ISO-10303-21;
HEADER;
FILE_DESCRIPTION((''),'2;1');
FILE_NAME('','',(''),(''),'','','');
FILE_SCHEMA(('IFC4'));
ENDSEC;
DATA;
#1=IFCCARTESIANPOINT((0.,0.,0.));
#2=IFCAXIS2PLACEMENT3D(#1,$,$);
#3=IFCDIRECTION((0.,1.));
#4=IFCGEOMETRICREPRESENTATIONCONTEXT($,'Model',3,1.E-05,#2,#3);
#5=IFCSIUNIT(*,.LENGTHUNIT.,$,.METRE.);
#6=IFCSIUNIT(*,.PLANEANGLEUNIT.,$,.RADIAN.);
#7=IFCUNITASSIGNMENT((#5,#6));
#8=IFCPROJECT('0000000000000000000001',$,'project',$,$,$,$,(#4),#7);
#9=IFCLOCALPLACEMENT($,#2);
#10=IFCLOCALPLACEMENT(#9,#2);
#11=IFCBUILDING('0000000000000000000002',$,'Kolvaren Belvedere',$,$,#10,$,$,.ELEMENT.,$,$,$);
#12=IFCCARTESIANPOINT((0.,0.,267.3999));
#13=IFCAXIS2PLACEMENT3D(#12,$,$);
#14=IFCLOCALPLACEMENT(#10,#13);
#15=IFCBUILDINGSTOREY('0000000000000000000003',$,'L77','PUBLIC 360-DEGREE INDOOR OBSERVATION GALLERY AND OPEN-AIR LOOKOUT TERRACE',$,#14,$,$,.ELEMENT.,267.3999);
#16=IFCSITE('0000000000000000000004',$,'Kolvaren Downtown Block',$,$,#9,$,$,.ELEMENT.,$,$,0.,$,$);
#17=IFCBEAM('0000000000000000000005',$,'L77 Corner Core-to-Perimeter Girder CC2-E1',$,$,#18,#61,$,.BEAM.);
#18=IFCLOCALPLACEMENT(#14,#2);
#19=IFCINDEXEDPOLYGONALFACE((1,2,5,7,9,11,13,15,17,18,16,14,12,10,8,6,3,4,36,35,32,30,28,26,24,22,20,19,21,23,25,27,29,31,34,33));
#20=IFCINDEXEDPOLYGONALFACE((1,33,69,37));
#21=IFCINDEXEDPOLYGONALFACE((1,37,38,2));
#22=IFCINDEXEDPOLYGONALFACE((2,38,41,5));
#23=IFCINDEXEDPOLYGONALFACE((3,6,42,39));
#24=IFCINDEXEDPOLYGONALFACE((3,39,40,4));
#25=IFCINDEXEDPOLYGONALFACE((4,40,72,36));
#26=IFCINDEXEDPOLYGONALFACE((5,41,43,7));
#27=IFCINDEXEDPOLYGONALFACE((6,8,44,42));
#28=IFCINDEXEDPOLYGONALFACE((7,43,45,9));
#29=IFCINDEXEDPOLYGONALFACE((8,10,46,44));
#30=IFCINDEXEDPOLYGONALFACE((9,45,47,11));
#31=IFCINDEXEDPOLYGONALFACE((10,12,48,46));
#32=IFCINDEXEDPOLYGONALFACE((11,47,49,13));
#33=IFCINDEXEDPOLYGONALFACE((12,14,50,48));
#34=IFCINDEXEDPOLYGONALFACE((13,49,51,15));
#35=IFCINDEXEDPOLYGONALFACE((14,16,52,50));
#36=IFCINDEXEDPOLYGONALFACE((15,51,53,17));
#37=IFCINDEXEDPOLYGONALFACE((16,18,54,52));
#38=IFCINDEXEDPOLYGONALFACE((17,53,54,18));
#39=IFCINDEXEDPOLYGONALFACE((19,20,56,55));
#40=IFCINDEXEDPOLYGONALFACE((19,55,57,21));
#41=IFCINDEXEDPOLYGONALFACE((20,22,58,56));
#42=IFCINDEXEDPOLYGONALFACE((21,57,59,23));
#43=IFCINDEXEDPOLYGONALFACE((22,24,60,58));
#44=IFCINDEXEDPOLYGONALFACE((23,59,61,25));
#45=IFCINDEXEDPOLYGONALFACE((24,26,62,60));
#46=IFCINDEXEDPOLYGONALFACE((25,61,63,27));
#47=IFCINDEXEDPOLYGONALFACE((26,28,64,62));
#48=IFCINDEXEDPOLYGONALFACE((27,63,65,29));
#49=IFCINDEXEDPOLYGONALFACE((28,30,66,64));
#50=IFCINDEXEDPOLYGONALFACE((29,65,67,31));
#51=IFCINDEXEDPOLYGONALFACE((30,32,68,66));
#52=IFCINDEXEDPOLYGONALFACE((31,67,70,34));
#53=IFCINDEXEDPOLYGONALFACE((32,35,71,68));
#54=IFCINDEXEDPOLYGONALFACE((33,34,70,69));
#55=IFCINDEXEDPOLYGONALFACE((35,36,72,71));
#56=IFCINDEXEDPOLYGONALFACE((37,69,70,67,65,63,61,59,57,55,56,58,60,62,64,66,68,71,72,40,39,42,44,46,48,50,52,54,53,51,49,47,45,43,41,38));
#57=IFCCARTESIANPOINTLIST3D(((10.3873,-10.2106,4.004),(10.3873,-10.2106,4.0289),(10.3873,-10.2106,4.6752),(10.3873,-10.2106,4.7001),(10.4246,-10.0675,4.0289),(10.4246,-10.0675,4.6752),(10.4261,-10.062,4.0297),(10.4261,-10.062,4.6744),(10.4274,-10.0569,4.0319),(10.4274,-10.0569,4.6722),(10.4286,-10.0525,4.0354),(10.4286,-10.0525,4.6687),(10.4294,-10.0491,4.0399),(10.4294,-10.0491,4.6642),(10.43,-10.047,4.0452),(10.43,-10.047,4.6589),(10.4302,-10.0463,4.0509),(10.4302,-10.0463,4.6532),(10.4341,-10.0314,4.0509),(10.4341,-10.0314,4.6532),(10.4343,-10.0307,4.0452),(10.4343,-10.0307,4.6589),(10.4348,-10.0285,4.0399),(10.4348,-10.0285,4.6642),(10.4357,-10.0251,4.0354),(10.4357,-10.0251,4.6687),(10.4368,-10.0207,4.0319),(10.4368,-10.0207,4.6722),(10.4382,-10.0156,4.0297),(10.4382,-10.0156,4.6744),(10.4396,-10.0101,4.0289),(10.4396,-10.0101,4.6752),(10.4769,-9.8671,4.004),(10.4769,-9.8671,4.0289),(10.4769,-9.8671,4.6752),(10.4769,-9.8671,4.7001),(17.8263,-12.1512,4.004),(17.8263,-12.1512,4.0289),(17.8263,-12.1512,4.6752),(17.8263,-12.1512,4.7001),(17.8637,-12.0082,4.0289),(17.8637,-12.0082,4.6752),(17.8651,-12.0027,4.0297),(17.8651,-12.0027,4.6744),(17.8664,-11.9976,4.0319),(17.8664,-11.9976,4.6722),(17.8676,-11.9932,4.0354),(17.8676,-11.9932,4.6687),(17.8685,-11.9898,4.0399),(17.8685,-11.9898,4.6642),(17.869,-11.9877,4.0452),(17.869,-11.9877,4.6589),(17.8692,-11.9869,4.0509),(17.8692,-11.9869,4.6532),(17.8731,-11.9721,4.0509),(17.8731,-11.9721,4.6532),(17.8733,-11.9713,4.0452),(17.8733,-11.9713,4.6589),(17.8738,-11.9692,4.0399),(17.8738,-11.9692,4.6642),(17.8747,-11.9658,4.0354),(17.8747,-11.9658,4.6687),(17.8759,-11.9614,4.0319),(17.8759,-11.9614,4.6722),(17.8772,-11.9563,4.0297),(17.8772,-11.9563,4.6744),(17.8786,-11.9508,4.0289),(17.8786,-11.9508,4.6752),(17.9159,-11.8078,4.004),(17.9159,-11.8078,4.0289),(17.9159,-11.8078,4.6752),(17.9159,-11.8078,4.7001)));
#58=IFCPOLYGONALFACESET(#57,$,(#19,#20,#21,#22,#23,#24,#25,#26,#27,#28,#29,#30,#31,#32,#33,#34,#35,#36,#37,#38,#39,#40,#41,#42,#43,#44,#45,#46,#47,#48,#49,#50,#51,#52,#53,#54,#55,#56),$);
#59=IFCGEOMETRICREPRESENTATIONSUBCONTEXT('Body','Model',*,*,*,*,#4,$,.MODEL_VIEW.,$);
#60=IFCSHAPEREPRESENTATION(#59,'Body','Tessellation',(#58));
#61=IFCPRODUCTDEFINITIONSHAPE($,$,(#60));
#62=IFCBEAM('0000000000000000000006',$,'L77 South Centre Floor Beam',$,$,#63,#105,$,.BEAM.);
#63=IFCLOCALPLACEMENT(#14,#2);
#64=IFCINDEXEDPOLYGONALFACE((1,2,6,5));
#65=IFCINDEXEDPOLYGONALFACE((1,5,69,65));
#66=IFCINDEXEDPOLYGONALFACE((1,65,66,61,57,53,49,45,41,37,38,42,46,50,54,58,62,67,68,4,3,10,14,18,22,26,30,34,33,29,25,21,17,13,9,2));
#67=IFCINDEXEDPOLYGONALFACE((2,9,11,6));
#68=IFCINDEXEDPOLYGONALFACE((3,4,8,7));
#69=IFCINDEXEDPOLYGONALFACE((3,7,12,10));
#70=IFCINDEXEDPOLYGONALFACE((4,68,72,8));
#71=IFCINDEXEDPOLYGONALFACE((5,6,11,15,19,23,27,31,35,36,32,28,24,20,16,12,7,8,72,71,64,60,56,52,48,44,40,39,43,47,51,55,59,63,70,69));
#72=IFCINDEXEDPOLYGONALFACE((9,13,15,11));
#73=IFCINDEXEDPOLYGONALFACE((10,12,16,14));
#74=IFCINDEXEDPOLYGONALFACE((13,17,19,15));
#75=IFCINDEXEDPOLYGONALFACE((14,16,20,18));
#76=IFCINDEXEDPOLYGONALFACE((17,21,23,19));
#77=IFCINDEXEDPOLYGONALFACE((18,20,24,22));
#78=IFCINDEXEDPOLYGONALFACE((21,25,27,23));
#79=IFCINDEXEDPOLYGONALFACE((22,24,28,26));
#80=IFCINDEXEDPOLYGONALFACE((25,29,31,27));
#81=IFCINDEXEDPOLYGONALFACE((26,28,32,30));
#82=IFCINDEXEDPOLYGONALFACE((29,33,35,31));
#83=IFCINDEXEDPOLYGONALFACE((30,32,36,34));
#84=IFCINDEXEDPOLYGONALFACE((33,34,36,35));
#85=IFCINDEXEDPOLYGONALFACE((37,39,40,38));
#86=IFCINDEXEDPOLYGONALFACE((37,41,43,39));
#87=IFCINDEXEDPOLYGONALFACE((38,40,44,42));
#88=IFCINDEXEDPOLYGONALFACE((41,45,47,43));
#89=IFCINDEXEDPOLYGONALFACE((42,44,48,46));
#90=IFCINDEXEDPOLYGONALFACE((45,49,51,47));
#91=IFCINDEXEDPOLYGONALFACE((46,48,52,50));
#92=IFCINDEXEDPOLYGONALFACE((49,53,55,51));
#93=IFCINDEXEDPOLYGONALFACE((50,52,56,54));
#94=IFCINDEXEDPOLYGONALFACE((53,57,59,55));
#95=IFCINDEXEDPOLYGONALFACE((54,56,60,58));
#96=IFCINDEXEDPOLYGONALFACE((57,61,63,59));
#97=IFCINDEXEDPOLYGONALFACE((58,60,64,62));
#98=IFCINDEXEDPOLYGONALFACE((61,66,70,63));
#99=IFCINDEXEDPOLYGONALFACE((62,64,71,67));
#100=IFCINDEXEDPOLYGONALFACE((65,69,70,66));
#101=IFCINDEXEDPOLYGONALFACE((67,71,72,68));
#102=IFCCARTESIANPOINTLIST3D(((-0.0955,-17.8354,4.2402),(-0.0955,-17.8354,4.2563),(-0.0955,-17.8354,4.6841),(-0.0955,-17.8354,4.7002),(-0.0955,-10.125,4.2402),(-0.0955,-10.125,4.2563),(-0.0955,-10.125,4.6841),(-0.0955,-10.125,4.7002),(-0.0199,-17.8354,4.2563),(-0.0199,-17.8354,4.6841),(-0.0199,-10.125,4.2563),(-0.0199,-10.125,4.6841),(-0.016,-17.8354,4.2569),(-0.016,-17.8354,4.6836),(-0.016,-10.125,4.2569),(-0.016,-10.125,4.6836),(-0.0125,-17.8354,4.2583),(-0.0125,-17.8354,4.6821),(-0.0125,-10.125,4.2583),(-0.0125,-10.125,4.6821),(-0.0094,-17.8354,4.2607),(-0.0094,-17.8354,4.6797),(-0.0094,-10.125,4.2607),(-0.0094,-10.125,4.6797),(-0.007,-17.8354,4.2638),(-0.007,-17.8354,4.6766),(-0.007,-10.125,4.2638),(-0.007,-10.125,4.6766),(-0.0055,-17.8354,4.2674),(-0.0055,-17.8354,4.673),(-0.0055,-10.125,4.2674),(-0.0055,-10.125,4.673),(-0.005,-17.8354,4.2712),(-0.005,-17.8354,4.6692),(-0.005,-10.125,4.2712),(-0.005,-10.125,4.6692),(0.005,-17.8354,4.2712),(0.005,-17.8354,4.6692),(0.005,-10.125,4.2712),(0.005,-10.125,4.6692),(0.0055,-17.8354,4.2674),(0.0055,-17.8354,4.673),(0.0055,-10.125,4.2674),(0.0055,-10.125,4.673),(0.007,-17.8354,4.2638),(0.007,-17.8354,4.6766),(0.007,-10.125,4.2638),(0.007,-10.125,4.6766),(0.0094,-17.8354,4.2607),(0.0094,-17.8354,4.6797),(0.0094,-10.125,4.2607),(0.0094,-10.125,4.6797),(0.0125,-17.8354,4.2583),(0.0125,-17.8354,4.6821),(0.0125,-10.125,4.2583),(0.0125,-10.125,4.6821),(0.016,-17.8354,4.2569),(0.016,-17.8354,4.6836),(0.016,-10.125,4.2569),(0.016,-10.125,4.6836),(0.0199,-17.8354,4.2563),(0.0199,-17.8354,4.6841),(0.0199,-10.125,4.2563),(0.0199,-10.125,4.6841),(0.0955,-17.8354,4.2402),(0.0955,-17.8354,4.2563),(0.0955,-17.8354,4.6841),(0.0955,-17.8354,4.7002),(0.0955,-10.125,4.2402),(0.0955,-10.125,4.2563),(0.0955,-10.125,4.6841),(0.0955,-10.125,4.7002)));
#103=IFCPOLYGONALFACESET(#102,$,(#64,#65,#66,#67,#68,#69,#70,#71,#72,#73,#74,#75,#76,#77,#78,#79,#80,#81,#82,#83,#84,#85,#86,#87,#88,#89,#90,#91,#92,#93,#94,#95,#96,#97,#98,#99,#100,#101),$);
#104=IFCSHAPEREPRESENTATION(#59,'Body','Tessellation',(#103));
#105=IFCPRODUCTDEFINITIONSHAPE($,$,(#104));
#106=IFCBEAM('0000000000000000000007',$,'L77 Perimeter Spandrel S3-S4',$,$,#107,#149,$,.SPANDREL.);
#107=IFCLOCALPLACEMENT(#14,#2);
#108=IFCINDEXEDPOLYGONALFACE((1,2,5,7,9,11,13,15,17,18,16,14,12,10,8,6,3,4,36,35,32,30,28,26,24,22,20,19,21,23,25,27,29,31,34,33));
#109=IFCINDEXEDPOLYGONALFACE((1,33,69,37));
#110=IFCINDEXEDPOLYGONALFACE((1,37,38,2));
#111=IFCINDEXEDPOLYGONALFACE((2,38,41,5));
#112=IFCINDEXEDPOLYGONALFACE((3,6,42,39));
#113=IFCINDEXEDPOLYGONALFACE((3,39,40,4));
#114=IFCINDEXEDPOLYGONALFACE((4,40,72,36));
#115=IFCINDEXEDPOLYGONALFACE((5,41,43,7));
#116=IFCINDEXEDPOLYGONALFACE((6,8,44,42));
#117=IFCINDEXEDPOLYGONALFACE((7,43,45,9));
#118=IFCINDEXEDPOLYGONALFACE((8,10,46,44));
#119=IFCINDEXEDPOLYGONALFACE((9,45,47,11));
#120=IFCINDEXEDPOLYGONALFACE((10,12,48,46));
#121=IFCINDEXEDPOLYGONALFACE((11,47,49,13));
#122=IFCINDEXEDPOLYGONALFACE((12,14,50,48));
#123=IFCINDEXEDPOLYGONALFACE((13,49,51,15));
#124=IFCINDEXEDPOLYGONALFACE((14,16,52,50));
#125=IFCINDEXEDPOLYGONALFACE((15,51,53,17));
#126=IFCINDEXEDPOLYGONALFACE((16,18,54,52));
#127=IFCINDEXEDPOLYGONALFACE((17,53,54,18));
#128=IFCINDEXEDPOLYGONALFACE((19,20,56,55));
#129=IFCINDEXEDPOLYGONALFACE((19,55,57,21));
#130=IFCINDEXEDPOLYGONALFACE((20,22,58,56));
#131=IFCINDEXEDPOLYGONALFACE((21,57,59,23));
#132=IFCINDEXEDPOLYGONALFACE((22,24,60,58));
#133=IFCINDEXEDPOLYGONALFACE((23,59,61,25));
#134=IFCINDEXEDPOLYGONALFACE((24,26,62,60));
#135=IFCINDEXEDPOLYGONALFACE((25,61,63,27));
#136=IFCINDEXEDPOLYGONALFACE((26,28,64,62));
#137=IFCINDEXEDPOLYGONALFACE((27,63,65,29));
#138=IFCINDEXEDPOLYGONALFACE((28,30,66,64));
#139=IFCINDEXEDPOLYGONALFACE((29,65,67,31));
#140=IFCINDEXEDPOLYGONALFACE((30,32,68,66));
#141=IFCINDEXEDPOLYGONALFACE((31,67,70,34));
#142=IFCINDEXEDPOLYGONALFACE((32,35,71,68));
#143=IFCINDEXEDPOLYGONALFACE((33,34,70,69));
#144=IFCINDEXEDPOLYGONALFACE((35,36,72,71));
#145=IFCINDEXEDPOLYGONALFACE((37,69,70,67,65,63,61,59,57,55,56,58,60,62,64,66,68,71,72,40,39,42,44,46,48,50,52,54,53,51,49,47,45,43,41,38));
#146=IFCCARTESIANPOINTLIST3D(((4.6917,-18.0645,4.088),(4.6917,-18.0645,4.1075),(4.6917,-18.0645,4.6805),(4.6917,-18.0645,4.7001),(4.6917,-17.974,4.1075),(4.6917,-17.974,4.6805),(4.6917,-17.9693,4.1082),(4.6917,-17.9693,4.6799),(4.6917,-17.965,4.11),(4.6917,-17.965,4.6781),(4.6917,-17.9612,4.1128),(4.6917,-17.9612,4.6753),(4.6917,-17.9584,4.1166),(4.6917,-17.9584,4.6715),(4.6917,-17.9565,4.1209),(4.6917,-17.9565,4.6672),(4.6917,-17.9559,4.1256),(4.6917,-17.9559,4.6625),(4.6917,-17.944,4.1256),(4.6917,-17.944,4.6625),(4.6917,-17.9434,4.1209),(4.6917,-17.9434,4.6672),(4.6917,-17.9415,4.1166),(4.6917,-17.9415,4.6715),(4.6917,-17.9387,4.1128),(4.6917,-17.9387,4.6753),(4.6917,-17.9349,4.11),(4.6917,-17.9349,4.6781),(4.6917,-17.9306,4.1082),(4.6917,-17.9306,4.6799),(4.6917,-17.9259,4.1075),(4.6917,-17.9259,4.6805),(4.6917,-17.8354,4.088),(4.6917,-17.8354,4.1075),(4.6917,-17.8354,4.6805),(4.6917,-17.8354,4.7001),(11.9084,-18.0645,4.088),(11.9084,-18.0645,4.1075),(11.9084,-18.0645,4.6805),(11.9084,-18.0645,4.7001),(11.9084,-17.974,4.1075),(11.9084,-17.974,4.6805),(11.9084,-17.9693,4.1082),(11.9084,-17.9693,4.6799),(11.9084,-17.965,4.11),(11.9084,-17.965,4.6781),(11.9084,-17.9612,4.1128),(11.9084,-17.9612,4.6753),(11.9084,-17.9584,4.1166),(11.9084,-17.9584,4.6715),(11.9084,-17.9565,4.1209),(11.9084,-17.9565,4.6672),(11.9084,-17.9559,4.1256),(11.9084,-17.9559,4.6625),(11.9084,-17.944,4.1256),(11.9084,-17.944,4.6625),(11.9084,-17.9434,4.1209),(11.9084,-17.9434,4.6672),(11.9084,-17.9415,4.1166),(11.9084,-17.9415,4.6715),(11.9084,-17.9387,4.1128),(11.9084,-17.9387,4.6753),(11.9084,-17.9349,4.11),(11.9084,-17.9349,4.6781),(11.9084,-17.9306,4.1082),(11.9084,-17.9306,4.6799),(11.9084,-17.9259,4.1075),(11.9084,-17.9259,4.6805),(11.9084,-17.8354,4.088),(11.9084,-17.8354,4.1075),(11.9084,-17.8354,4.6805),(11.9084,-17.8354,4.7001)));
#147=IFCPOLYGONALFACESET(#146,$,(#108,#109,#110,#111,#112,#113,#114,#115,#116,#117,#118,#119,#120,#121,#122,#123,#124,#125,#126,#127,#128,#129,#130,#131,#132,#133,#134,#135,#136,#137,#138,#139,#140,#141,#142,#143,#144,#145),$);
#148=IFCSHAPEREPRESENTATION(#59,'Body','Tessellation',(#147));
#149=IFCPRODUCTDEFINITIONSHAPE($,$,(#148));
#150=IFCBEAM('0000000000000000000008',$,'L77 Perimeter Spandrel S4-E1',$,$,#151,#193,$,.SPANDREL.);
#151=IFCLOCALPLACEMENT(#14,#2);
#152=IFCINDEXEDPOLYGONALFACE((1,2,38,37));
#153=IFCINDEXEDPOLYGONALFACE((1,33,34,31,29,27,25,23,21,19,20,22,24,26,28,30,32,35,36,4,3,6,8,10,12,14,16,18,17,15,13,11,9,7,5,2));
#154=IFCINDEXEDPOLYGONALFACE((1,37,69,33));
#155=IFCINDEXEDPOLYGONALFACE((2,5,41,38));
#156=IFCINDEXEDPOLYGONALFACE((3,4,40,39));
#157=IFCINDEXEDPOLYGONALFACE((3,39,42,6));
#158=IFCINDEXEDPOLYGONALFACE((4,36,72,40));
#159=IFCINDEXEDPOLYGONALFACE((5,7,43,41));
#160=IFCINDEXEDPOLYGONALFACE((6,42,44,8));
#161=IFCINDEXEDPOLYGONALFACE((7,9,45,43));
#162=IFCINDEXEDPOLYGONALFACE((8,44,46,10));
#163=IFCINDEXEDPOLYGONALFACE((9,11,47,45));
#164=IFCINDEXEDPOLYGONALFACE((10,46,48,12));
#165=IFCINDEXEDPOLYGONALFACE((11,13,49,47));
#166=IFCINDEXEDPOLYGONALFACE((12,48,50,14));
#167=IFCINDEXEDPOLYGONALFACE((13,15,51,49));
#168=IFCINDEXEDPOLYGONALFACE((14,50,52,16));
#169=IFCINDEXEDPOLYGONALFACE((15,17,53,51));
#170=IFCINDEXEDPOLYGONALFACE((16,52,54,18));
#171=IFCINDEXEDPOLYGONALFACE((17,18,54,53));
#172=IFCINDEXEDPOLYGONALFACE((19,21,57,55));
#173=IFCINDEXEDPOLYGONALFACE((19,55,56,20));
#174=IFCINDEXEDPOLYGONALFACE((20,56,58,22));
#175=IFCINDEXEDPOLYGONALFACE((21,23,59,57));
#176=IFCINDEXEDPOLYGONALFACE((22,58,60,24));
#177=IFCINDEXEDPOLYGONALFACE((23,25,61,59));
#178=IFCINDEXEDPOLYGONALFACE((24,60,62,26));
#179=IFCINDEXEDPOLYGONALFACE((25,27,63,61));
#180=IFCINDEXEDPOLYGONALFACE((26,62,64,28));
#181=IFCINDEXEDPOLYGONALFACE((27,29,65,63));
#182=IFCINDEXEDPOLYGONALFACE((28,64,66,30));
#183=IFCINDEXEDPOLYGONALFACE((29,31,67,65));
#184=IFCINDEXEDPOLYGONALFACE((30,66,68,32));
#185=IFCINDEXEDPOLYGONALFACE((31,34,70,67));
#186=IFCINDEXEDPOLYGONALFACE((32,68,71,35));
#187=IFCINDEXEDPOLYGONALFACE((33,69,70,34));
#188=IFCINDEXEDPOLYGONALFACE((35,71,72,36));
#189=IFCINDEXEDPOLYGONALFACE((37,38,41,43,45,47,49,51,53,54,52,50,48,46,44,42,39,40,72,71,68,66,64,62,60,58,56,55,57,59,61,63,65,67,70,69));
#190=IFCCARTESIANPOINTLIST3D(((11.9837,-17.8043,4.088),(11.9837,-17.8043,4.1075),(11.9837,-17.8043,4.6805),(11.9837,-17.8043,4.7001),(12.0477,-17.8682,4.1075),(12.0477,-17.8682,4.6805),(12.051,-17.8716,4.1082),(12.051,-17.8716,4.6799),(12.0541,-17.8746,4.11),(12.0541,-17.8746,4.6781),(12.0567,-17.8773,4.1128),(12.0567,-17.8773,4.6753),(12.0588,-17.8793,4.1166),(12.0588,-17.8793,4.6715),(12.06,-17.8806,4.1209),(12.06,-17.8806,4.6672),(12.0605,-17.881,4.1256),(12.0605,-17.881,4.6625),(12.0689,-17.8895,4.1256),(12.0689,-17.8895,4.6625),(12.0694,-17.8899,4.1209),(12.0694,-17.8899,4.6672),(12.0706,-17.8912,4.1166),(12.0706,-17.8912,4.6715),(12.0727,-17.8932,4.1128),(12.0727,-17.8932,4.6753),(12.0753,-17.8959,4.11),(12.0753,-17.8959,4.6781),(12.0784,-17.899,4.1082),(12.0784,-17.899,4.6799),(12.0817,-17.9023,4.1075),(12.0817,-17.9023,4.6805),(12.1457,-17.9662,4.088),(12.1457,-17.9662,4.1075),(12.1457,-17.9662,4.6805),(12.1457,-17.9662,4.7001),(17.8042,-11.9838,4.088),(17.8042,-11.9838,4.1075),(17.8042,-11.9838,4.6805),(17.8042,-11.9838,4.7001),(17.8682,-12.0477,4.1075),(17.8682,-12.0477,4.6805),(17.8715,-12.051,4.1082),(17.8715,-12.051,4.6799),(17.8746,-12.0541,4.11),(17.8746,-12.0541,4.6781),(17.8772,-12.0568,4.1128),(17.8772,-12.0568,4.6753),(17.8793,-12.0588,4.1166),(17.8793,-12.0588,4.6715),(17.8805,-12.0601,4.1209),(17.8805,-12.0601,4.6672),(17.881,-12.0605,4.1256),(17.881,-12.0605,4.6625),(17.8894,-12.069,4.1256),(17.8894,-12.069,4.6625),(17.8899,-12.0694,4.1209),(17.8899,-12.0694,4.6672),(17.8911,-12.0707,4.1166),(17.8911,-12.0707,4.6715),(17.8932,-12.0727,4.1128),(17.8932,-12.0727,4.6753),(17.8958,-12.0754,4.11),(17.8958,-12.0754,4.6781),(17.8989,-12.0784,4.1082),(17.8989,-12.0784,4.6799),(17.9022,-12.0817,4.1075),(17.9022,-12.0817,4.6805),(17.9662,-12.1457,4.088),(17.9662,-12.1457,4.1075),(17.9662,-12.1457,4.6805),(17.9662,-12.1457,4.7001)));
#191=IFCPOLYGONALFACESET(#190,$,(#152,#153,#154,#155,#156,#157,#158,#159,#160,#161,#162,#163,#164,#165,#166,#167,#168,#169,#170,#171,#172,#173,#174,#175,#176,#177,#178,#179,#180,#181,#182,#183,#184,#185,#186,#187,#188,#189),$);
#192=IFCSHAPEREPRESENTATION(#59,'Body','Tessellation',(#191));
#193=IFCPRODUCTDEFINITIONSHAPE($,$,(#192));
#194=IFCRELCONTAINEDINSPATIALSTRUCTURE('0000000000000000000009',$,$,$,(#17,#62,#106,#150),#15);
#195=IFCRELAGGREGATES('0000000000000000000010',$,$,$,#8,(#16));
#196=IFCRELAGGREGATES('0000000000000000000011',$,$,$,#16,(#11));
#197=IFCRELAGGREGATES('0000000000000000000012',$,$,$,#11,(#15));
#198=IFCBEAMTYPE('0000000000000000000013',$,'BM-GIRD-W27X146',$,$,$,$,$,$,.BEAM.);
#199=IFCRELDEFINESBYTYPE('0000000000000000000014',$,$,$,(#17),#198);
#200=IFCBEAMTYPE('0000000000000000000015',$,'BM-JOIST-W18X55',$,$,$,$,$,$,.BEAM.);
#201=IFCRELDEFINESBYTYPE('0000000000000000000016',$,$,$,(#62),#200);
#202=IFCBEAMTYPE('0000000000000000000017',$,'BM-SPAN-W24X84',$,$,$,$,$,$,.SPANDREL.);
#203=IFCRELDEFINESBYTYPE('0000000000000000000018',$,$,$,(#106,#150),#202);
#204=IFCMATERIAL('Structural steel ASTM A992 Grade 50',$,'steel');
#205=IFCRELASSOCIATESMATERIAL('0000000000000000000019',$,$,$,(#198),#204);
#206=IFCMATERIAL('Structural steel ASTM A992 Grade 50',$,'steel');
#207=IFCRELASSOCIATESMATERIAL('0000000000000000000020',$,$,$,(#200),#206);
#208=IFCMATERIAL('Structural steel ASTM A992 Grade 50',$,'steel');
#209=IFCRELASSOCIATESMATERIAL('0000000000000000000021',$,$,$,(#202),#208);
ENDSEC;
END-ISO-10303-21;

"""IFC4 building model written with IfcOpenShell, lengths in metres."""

from ifc_helpers import new_model, si_unit, direction, frame, origin, origin_2d, place, context, subcontext, project, spatial, i_section, extrude, material, material_profile, profile_set, type_object, element, save


model = new_model("IFC4")

# Units and contexts
model_context = context("Model", 3, precision=1e-05, world=origin(), true_north=direction((0.0, 1.0)))
body_context = subcontext(model_context, "Body", "Model", "MODEL_VIEW")
ifc_project = project(units=[si_unit("LENGTHUNIT", "METRE"), si_unit("PLANEANGLEUNIT", "RADIAN")], contexts=[model_context])

# Site, building, storey
site_placement = place(None, origin())
site = spatial("IfcSite", under=ifc_project, at=site_placement, Name="Kolvaren Downtown Block", CompositionType="ELEMENT", RefElevation=0.0)
building_placement = place(site_placement, origin())
building = spatial("IfcBuilding", under=site, at=building_placement, Name="Kolvaren Belvedere", CompositionType="ELEMENT")
storey_placement = place(building_placement, frame((0.0, 0.0, 267.3999)))
storey = spatial("IfcBuildingStorey", under=building, at=storey_placement, Name="L77", Description="PUBLIC 360-DEGREE INDOOR OBSERVATION GALLERY AND OPEN-AIR LOOKOUT TERRACE", CompositionType="ELEMENT", Elevation=267.3999)

# Beams
ifc_material_1 = material(Name="Structural steel ASTM A992 Grade 50", Category="steel")
ifc_material_profile_1 = material_profile(ifc_material_1, i_section(OverallWidth=0.355, OverallDepth=0.696, WebThickness=0.0154, FlangeThickness=0.0249, FilletRadius=0.022, at=origin_2d()), Name="W27X146")
ifc_profile_set_1 = profile_set([ifc_material_profile_1], Name="Structural steel ASTM A992 Grade 50")
beam_type_1 = type_object("IfcBeamType", Name="BM-GIRD-W27X146", PredefinedType="BEAM", material=ifc_profile_set_1)
for number, where, z_axis, x_axis, name in (
    (1, (10.4321, -10.0388, 4.3521), (0.967615, -0.252431, 0.0), (0.252431, 0.967615, 0.0), "L77 Corner Core-to-Perimeter Girder CC2-E1"),
):
    element("IfcBeam", number, at=place(storey_placement, frame(where, z_axis=z_axis, x_axis=x_axis)), inside=storey, type_object=beam_type_1, Name=name, PredefinedType="BEAM", context=body_context, shape_type="SweptSolid", body=[
        extrude(i_section(OverallWidth=0.355, OverallDepth=0.696, WebThickness=0.0154, FlangeThickness=0.0249, FilletRadius=0.022, at=origin_2d()), origin(), (0.0, 0.0, 1.0), 7.688),
    ])
ifc_material_2 = material(Name="Structural steel ASTM A992 Grade 50", Category="steel")
ifc_material_profile_2 = material_profile(ifc_material_2, i_section(OverallWidth=0.1909, OverallDepth=0.46, WebThickness=0.01, FlangeThickness=0.0161, FilletRadius=0.0149, at=origin_2d()), Name="W18X55")
ifc_profile_set_2 = profile_set([ifc_material_profile_2], Name="Structural steel ASTM A992 Grade 50")
beam_type_2 = type_object("IfcBeamType", Name="BM-JOIST-W18X55", PredefinedType="BEAM", material=ifc_profile_set_2)
beam_1_placement = place(storey_placement, frame((0.0, -10.125, 4.4702), z_axis=(0.0, -1.0, 0.0), x_axis=(1.0, 0.0, 0.0)))
element("IfcBeam", 2, at=beam_1_placement, inside=storey, type_object=beam_type_2, Name="L77 South Centre Floor Beam", PredefinedType="BEAM", context=body_context, shape_type="SweptSolid", body=[
    extrude(i_section(OverallWidth=0.1909, OverallDepth=0.46, WebThickness=0.01, FlangeThickness=0.0161, FilletRadius=0.0149, at=origin_2d()), origin(), (0.0, 0.0, 1.0), 7.7104),
])
ifc_material_3 = material(Name="Structural steel ASTM A992 Grade 50", Category="steel")
ifc_material_profile_3 = material_profile(ifc_material_3, i_section(OverallWidth=0.229, OverallDepth=0.6121, WebThickness=0.012, FlangeThickness=0.0195, FilletRadius=0.0181, at=origin_2d()), Name="W24X84")
ifc_profile_set_3 = profile_set([ifc_material_profile_3], Name="Structural steel ASTM A992 Grade 50")
beam_type_3 = type_object("IfcBeamType", Name="BM-SPAN-W24X84", PredefinedType="SPANDREL", material=ifc_profile_set_3)
beam_2_placement = place(storey_placement, frame((4.6917, -17.95, 4.394), z_axis=(1.0, 0.0, 0.0), x_axis=(0.0, 1.0, 0.0)))
element("IfcBeam", 3, at=beam_2_placement, inside=storey, type_object=beam_type_3, Name="L77 Perimeter Spandrel S3-S4", PredefinedType="SPANDREL", context=body_context, shape_type="SweptSolid", body=[
    extrude(i_section(OverallWidth=0.229, OverallDepth=0.6121, WebThickness=0.012, FlangeThickness=0.0195, FilletRadius=0.0181, at=origin_2d()), origin(), (0.0, 0.0, 1.0), 7.2168),
])
beam_3_placement = place(storey_placement, frame((12.0647, -17.8853, 4.394), z_axis=(0.707107, 0.707107, 0.0), x_axis=(-0.707107, 0.707107, 0.0)))
element("IfcBeam", 4, at=beam_3_placement, inside=storey, type_object=beam_type_3, Name="L77 Perimeter Spandrel S4-E1", PredefinedType="SPANDREL", context=body_context, shape_type="SweptSolid", body=[
    extrude(i_section(OverallWidth=0.229, OverallDepth=0.6121, WebThickness=0.012, FlangeThickness=0.0195, FilletRadius=0.0181, at=origin_2d()), origin(), (0.0, 0.0, 1.0), 8.2314),
])

save(model, "model.ifc")
